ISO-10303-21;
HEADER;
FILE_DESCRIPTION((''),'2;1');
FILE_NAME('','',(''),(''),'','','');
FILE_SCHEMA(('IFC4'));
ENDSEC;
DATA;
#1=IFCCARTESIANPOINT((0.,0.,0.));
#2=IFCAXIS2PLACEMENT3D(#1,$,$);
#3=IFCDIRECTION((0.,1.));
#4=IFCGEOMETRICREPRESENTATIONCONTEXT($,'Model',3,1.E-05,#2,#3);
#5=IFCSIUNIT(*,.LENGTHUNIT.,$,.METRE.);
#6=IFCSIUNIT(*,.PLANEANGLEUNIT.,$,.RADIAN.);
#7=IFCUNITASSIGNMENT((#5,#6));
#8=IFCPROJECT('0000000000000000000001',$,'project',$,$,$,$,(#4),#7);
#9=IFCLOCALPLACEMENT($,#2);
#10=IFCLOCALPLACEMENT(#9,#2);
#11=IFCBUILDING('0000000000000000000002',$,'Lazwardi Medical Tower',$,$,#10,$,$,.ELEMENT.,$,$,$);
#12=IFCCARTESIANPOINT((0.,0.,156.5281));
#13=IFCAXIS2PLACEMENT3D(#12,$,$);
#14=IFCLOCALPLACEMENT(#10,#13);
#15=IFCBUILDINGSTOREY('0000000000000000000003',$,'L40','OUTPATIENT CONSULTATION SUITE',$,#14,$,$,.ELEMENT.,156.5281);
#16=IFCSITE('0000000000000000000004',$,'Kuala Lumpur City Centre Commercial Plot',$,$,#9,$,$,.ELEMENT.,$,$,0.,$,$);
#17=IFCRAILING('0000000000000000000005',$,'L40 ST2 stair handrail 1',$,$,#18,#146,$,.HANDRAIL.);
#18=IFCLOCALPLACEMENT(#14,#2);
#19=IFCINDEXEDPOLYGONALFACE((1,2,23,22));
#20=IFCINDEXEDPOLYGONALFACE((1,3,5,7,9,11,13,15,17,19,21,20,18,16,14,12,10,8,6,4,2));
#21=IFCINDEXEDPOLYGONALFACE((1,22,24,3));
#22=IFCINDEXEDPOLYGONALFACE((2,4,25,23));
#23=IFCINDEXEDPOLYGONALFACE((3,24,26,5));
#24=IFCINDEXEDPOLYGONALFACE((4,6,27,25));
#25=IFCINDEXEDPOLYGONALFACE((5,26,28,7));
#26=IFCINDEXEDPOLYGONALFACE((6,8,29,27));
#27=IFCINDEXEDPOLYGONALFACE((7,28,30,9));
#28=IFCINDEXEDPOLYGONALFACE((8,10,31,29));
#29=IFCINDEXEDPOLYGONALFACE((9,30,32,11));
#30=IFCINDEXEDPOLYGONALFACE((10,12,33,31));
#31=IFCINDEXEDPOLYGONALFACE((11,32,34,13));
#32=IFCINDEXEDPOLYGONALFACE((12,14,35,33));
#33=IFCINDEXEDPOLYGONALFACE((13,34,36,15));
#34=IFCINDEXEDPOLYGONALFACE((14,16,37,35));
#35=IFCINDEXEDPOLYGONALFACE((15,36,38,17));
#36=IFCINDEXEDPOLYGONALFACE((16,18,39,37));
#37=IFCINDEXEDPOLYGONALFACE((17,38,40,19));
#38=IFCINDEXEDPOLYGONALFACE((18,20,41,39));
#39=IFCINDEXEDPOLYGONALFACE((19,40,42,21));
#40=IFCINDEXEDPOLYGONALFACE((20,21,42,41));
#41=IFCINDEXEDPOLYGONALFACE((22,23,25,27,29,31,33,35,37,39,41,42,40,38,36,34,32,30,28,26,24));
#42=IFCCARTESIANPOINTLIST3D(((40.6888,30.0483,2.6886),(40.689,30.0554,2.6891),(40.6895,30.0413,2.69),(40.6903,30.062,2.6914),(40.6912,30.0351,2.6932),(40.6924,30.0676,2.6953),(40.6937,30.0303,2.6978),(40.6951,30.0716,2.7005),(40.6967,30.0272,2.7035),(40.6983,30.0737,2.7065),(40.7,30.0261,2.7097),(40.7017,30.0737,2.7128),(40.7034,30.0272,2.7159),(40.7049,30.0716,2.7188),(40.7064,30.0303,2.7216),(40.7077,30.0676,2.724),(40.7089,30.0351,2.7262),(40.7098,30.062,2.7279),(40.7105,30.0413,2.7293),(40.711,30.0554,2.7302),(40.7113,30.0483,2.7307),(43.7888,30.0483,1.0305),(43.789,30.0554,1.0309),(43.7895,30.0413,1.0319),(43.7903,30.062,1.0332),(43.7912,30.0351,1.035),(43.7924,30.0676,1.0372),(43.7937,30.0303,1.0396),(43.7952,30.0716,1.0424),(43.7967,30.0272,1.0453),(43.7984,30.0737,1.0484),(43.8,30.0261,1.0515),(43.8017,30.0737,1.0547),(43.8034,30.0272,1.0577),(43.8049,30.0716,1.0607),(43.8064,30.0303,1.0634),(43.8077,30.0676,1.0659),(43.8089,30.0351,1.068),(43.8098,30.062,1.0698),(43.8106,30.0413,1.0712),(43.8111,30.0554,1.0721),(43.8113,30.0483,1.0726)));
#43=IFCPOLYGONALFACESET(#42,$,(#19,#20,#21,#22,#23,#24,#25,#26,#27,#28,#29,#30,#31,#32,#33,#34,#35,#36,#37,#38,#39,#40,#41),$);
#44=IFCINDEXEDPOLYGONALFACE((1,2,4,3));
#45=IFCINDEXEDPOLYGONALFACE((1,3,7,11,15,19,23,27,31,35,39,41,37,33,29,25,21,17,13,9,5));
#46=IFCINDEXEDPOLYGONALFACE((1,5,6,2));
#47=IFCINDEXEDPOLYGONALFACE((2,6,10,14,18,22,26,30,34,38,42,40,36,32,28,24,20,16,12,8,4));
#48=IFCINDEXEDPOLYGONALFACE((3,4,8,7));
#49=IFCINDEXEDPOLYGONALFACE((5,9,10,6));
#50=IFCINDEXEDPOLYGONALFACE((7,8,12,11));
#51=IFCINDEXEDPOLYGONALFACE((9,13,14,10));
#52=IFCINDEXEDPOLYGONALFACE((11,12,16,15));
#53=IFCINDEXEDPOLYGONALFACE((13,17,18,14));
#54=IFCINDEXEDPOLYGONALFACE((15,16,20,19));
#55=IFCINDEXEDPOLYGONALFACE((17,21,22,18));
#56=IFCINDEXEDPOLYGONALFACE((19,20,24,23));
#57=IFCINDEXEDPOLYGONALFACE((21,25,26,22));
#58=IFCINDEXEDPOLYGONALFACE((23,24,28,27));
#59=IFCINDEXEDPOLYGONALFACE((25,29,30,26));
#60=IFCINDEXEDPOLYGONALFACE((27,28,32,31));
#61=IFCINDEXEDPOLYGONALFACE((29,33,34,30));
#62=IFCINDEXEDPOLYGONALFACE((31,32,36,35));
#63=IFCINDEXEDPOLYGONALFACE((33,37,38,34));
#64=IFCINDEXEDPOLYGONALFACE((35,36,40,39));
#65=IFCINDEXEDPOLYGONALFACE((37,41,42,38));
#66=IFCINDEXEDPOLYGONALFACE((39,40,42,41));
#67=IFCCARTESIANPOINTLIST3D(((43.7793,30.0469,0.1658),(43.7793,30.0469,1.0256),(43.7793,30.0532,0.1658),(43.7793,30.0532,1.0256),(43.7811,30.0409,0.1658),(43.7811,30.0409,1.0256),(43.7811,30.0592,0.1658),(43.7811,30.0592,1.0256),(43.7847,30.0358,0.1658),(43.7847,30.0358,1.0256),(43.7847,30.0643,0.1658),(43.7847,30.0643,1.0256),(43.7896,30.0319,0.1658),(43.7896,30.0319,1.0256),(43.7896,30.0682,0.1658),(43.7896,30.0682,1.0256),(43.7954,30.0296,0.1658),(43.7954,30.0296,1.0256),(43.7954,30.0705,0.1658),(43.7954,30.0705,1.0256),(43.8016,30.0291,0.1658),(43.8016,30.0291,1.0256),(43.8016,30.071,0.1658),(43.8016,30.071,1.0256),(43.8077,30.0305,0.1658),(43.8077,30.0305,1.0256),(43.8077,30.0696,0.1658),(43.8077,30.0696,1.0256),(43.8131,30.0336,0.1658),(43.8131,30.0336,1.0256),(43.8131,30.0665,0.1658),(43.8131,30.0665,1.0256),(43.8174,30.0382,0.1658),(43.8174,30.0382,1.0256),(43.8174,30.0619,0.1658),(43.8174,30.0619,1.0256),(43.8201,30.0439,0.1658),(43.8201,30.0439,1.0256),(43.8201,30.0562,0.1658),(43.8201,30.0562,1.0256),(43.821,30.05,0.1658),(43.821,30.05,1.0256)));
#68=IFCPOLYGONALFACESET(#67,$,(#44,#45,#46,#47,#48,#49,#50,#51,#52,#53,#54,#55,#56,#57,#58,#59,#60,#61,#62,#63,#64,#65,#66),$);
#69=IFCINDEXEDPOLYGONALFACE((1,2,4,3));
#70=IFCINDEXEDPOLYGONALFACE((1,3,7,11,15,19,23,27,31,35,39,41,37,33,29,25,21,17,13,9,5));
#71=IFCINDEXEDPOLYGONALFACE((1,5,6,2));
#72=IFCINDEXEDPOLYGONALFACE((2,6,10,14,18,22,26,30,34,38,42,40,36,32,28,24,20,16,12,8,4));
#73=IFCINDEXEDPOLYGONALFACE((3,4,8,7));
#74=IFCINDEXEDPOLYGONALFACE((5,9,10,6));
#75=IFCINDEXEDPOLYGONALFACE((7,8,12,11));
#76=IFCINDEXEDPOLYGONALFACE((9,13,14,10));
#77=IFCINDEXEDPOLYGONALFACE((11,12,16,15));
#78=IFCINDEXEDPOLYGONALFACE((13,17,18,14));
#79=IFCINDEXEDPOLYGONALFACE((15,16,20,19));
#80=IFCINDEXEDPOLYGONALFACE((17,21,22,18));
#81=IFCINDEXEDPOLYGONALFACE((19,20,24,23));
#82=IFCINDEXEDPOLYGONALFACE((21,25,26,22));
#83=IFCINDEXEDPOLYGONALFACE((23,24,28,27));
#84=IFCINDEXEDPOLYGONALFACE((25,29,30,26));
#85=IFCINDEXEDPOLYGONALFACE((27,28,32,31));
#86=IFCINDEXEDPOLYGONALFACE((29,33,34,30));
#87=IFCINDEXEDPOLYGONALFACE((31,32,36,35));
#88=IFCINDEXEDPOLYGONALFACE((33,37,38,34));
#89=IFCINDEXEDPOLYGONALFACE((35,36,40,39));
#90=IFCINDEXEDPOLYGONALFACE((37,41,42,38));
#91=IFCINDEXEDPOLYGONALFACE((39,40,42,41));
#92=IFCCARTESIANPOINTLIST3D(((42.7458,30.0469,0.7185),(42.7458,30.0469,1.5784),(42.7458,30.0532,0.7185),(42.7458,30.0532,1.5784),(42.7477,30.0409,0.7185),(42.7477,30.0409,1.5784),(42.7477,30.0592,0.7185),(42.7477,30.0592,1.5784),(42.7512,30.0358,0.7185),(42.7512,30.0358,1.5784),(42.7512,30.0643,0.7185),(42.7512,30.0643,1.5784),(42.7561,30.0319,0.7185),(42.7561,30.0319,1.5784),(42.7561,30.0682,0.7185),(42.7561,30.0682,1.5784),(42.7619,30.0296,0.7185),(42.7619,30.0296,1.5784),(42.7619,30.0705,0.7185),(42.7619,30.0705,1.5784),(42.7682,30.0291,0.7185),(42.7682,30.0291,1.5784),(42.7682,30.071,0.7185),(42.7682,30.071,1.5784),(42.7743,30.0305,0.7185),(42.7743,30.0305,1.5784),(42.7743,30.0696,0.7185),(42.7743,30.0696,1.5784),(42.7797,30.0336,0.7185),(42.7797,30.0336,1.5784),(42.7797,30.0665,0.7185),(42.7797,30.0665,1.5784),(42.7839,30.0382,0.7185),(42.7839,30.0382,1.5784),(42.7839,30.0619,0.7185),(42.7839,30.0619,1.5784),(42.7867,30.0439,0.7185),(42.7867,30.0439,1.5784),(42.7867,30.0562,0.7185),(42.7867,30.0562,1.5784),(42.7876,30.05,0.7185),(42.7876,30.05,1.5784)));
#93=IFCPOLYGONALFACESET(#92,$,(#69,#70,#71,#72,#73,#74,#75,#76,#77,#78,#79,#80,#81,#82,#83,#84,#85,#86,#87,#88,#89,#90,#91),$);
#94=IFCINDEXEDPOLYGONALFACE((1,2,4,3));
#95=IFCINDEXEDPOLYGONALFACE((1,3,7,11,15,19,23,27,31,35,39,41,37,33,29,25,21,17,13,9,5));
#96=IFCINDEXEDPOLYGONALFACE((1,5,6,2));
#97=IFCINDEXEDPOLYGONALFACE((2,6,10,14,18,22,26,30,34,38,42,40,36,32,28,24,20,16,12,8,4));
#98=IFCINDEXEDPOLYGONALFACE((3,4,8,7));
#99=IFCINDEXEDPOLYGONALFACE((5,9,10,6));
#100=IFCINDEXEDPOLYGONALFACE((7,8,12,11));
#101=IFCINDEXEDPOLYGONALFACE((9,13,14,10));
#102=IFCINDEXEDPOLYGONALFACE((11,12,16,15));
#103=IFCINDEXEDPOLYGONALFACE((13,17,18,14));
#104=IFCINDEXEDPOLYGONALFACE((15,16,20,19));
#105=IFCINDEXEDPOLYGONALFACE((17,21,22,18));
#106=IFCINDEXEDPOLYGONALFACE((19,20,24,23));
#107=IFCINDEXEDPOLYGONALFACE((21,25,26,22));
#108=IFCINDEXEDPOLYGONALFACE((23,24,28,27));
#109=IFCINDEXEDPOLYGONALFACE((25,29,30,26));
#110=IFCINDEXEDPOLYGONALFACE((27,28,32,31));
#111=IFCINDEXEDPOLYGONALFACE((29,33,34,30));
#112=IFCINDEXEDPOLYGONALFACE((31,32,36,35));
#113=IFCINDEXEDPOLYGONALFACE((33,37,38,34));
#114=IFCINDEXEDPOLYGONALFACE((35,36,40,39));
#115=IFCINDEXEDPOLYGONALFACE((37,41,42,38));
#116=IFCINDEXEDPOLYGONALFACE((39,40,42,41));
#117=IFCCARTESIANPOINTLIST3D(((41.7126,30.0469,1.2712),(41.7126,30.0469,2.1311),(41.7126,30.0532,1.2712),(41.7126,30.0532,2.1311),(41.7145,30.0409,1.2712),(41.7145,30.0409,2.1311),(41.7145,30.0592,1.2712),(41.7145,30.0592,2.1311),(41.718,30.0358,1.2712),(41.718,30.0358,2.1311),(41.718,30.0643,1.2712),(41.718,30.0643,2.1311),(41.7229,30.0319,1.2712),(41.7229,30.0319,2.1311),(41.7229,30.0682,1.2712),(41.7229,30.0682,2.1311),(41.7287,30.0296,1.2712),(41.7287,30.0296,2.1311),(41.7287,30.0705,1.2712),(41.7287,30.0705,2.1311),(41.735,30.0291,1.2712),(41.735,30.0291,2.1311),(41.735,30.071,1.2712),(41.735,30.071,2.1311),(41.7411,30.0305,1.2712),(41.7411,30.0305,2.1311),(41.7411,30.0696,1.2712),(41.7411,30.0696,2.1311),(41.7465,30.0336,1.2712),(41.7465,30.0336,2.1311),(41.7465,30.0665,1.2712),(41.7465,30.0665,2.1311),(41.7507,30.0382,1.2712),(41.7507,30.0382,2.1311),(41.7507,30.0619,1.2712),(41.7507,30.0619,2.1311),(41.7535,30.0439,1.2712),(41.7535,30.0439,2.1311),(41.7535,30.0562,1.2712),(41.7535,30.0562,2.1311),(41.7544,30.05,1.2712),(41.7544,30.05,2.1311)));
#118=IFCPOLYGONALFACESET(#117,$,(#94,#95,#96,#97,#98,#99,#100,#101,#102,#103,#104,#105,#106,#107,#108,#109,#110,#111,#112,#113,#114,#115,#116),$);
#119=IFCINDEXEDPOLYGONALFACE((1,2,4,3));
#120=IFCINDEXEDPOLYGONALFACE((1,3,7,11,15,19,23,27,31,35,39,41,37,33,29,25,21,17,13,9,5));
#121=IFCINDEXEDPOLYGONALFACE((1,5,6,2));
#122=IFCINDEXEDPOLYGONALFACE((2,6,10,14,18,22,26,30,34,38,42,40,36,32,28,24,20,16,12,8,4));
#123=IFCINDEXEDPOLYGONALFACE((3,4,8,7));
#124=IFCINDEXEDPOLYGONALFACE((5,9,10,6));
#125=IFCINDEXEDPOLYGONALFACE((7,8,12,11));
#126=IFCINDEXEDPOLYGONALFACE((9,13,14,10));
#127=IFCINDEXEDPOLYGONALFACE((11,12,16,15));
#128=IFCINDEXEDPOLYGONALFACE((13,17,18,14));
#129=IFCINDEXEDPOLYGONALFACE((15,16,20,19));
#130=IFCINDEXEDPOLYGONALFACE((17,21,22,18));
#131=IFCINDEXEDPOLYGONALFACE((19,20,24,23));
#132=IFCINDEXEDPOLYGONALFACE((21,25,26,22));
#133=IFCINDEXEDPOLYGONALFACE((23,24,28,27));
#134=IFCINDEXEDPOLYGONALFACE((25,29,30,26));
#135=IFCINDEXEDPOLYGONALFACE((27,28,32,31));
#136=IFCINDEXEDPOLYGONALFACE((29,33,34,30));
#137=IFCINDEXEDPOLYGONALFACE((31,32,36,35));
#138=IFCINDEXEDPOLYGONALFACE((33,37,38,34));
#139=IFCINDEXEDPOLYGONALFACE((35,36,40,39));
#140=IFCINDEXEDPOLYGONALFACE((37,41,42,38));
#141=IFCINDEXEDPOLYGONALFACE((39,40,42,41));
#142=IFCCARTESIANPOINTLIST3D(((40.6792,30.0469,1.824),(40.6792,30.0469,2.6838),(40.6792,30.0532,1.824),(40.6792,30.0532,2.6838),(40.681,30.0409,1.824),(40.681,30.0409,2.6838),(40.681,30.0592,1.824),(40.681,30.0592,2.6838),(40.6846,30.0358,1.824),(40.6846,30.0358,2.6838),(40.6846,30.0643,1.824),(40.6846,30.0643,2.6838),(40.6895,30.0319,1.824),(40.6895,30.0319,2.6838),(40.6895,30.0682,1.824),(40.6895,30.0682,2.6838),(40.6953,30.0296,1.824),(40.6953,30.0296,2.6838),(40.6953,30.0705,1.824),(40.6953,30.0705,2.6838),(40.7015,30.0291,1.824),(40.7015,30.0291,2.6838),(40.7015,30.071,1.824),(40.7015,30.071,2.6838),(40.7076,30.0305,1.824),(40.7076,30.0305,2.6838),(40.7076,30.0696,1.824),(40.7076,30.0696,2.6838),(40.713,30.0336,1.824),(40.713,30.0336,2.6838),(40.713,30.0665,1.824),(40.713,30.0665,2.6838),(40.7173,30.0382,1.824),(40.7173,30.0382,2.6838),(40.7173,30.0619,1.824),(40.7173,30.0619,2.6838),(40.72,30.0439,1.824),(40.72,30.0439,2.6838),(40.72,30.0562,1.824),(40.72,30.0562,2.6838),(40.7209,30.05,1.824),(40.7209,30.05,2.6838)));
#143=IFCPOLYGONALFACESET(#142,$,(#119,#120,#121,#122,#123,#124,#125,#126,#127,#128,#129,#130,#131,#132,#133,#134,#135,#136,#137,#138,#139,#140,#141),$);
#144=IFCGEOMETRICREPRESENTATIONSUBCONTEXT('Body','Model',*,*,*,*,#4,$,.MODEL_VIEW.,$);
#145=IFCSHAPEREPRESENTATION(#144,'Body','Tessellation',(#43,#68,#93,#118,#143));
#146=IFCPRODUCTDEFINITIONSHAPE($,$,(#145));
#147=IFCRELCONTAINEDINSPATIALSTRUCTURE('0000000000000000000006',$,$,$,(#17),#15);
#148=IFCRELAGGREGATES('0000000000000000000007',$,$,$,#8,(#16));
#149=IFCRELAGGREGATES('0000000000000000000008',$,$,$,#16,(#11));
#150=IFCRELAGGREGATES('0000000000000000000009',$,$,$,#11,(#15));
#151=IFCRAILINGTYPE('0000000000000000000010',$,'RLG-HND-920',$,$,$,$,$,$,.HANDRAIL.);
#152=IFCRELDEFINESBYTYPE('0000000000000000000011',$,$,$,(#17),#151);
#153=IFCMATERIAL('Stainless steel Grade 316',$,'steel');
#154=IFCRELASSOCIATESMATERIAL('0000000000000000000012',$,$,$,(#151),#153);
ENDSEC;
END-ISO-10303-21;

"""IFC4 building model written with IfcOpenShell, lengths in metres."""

from ifc_helpers import new_model, si_unit, direction, frame, origin, origin_2d, place, context, subcontext, project, spatial, circle, extrude, material, type_object, element, save


model = new_model("IFC4")

# Units and contexts
model_context = context("Model", 3, precision=1e-05, world=origin(), true_north=direction((0.0, 1.0)))
body_context = subcontext(model_context, "Body", "Model", "MODEL_VIEW")
ifc_project = project(units=[si_unit("LENGTHUNIT", "METRE"), si_unit("PLANEANGLEUNIT", "RADIAN")], contexts=[model_context])

# Site, building, storey
site_placement = place(None, origin())
site = spatial("IfcSite", under=ifc_project, at=site_placement, Name="Kuala Lumpur City Centre Commercial Plot", CompositionType="ELEMENT", RefElevation=0.0)
building_placement = place(site_placement, origin())
building = spatial("IfcBuilding", under=site, at=building_placement, Name="Lazwardi Medical Tower", CompositionType="ELEMENT")
storey_placement = place(building_placement, frame((0.0, 0.0, 156.5281)))
storey = spatial("IfcBuildingStorey", under=building, at=storey_placement, Name="L40", Description="OUTPATIENT CONSULTATION SUITE", CompositionType="ELEMENT", Elevation=156.5281)

# Railing
ifc_material_1 = material(Name="Stainless steel Grade 316", Category="steel")
railing_type_1 = type_object("IfcRailingType", Name="RLG-HND-920", PredefinedType="HANDRAIL", material=ifc_material_1)
railing_1_placement = place(storey_placement, frame((43.8, 30.05, 0.1658)))
element("IfcRailing", 1, at=railing_1_placement, inside=storey, type_object=railing_type_1, Name="L40 ST2 stair handrail 1", PredefinedType="HANDRAIL", context=body_context, shape_type="SweptSolid", body=[
    extrude(circle(Radius=0.0239, at=origin_2d()), frame((0.0, 0.0, 0.8857), z_axis=(-0.881783, 0.0, 0.471655), x_axis=(0.0, -1.0, 0.0)), (0.0, 0.0, 1.0), 3.5156),
    extrude(circle(Radius=0.021, at=origin_2d()), origin(), (0.0, 0.0, 1.0), 0.8599),
    extrude(circle(Radius=0.021, at=origin_2d()), frame((-1.0334, 0.0, 0.5527)), (0.0, 0.0, 1.0), 0.8599),
    extrude(circle(Radius=0.021, at=origin_2d()), frame((-2.0667, 0.0, 1.1055)), (0.0, 0.0, 1.0), 0.8599),
    extrude(circle(Radius=0.021, at=origin_2d()), frame((-3.1001, 0.0, 1.6582)), (0.0, 0.0, 1.0), 0.8599),
])

save(model, "model.ifc")
